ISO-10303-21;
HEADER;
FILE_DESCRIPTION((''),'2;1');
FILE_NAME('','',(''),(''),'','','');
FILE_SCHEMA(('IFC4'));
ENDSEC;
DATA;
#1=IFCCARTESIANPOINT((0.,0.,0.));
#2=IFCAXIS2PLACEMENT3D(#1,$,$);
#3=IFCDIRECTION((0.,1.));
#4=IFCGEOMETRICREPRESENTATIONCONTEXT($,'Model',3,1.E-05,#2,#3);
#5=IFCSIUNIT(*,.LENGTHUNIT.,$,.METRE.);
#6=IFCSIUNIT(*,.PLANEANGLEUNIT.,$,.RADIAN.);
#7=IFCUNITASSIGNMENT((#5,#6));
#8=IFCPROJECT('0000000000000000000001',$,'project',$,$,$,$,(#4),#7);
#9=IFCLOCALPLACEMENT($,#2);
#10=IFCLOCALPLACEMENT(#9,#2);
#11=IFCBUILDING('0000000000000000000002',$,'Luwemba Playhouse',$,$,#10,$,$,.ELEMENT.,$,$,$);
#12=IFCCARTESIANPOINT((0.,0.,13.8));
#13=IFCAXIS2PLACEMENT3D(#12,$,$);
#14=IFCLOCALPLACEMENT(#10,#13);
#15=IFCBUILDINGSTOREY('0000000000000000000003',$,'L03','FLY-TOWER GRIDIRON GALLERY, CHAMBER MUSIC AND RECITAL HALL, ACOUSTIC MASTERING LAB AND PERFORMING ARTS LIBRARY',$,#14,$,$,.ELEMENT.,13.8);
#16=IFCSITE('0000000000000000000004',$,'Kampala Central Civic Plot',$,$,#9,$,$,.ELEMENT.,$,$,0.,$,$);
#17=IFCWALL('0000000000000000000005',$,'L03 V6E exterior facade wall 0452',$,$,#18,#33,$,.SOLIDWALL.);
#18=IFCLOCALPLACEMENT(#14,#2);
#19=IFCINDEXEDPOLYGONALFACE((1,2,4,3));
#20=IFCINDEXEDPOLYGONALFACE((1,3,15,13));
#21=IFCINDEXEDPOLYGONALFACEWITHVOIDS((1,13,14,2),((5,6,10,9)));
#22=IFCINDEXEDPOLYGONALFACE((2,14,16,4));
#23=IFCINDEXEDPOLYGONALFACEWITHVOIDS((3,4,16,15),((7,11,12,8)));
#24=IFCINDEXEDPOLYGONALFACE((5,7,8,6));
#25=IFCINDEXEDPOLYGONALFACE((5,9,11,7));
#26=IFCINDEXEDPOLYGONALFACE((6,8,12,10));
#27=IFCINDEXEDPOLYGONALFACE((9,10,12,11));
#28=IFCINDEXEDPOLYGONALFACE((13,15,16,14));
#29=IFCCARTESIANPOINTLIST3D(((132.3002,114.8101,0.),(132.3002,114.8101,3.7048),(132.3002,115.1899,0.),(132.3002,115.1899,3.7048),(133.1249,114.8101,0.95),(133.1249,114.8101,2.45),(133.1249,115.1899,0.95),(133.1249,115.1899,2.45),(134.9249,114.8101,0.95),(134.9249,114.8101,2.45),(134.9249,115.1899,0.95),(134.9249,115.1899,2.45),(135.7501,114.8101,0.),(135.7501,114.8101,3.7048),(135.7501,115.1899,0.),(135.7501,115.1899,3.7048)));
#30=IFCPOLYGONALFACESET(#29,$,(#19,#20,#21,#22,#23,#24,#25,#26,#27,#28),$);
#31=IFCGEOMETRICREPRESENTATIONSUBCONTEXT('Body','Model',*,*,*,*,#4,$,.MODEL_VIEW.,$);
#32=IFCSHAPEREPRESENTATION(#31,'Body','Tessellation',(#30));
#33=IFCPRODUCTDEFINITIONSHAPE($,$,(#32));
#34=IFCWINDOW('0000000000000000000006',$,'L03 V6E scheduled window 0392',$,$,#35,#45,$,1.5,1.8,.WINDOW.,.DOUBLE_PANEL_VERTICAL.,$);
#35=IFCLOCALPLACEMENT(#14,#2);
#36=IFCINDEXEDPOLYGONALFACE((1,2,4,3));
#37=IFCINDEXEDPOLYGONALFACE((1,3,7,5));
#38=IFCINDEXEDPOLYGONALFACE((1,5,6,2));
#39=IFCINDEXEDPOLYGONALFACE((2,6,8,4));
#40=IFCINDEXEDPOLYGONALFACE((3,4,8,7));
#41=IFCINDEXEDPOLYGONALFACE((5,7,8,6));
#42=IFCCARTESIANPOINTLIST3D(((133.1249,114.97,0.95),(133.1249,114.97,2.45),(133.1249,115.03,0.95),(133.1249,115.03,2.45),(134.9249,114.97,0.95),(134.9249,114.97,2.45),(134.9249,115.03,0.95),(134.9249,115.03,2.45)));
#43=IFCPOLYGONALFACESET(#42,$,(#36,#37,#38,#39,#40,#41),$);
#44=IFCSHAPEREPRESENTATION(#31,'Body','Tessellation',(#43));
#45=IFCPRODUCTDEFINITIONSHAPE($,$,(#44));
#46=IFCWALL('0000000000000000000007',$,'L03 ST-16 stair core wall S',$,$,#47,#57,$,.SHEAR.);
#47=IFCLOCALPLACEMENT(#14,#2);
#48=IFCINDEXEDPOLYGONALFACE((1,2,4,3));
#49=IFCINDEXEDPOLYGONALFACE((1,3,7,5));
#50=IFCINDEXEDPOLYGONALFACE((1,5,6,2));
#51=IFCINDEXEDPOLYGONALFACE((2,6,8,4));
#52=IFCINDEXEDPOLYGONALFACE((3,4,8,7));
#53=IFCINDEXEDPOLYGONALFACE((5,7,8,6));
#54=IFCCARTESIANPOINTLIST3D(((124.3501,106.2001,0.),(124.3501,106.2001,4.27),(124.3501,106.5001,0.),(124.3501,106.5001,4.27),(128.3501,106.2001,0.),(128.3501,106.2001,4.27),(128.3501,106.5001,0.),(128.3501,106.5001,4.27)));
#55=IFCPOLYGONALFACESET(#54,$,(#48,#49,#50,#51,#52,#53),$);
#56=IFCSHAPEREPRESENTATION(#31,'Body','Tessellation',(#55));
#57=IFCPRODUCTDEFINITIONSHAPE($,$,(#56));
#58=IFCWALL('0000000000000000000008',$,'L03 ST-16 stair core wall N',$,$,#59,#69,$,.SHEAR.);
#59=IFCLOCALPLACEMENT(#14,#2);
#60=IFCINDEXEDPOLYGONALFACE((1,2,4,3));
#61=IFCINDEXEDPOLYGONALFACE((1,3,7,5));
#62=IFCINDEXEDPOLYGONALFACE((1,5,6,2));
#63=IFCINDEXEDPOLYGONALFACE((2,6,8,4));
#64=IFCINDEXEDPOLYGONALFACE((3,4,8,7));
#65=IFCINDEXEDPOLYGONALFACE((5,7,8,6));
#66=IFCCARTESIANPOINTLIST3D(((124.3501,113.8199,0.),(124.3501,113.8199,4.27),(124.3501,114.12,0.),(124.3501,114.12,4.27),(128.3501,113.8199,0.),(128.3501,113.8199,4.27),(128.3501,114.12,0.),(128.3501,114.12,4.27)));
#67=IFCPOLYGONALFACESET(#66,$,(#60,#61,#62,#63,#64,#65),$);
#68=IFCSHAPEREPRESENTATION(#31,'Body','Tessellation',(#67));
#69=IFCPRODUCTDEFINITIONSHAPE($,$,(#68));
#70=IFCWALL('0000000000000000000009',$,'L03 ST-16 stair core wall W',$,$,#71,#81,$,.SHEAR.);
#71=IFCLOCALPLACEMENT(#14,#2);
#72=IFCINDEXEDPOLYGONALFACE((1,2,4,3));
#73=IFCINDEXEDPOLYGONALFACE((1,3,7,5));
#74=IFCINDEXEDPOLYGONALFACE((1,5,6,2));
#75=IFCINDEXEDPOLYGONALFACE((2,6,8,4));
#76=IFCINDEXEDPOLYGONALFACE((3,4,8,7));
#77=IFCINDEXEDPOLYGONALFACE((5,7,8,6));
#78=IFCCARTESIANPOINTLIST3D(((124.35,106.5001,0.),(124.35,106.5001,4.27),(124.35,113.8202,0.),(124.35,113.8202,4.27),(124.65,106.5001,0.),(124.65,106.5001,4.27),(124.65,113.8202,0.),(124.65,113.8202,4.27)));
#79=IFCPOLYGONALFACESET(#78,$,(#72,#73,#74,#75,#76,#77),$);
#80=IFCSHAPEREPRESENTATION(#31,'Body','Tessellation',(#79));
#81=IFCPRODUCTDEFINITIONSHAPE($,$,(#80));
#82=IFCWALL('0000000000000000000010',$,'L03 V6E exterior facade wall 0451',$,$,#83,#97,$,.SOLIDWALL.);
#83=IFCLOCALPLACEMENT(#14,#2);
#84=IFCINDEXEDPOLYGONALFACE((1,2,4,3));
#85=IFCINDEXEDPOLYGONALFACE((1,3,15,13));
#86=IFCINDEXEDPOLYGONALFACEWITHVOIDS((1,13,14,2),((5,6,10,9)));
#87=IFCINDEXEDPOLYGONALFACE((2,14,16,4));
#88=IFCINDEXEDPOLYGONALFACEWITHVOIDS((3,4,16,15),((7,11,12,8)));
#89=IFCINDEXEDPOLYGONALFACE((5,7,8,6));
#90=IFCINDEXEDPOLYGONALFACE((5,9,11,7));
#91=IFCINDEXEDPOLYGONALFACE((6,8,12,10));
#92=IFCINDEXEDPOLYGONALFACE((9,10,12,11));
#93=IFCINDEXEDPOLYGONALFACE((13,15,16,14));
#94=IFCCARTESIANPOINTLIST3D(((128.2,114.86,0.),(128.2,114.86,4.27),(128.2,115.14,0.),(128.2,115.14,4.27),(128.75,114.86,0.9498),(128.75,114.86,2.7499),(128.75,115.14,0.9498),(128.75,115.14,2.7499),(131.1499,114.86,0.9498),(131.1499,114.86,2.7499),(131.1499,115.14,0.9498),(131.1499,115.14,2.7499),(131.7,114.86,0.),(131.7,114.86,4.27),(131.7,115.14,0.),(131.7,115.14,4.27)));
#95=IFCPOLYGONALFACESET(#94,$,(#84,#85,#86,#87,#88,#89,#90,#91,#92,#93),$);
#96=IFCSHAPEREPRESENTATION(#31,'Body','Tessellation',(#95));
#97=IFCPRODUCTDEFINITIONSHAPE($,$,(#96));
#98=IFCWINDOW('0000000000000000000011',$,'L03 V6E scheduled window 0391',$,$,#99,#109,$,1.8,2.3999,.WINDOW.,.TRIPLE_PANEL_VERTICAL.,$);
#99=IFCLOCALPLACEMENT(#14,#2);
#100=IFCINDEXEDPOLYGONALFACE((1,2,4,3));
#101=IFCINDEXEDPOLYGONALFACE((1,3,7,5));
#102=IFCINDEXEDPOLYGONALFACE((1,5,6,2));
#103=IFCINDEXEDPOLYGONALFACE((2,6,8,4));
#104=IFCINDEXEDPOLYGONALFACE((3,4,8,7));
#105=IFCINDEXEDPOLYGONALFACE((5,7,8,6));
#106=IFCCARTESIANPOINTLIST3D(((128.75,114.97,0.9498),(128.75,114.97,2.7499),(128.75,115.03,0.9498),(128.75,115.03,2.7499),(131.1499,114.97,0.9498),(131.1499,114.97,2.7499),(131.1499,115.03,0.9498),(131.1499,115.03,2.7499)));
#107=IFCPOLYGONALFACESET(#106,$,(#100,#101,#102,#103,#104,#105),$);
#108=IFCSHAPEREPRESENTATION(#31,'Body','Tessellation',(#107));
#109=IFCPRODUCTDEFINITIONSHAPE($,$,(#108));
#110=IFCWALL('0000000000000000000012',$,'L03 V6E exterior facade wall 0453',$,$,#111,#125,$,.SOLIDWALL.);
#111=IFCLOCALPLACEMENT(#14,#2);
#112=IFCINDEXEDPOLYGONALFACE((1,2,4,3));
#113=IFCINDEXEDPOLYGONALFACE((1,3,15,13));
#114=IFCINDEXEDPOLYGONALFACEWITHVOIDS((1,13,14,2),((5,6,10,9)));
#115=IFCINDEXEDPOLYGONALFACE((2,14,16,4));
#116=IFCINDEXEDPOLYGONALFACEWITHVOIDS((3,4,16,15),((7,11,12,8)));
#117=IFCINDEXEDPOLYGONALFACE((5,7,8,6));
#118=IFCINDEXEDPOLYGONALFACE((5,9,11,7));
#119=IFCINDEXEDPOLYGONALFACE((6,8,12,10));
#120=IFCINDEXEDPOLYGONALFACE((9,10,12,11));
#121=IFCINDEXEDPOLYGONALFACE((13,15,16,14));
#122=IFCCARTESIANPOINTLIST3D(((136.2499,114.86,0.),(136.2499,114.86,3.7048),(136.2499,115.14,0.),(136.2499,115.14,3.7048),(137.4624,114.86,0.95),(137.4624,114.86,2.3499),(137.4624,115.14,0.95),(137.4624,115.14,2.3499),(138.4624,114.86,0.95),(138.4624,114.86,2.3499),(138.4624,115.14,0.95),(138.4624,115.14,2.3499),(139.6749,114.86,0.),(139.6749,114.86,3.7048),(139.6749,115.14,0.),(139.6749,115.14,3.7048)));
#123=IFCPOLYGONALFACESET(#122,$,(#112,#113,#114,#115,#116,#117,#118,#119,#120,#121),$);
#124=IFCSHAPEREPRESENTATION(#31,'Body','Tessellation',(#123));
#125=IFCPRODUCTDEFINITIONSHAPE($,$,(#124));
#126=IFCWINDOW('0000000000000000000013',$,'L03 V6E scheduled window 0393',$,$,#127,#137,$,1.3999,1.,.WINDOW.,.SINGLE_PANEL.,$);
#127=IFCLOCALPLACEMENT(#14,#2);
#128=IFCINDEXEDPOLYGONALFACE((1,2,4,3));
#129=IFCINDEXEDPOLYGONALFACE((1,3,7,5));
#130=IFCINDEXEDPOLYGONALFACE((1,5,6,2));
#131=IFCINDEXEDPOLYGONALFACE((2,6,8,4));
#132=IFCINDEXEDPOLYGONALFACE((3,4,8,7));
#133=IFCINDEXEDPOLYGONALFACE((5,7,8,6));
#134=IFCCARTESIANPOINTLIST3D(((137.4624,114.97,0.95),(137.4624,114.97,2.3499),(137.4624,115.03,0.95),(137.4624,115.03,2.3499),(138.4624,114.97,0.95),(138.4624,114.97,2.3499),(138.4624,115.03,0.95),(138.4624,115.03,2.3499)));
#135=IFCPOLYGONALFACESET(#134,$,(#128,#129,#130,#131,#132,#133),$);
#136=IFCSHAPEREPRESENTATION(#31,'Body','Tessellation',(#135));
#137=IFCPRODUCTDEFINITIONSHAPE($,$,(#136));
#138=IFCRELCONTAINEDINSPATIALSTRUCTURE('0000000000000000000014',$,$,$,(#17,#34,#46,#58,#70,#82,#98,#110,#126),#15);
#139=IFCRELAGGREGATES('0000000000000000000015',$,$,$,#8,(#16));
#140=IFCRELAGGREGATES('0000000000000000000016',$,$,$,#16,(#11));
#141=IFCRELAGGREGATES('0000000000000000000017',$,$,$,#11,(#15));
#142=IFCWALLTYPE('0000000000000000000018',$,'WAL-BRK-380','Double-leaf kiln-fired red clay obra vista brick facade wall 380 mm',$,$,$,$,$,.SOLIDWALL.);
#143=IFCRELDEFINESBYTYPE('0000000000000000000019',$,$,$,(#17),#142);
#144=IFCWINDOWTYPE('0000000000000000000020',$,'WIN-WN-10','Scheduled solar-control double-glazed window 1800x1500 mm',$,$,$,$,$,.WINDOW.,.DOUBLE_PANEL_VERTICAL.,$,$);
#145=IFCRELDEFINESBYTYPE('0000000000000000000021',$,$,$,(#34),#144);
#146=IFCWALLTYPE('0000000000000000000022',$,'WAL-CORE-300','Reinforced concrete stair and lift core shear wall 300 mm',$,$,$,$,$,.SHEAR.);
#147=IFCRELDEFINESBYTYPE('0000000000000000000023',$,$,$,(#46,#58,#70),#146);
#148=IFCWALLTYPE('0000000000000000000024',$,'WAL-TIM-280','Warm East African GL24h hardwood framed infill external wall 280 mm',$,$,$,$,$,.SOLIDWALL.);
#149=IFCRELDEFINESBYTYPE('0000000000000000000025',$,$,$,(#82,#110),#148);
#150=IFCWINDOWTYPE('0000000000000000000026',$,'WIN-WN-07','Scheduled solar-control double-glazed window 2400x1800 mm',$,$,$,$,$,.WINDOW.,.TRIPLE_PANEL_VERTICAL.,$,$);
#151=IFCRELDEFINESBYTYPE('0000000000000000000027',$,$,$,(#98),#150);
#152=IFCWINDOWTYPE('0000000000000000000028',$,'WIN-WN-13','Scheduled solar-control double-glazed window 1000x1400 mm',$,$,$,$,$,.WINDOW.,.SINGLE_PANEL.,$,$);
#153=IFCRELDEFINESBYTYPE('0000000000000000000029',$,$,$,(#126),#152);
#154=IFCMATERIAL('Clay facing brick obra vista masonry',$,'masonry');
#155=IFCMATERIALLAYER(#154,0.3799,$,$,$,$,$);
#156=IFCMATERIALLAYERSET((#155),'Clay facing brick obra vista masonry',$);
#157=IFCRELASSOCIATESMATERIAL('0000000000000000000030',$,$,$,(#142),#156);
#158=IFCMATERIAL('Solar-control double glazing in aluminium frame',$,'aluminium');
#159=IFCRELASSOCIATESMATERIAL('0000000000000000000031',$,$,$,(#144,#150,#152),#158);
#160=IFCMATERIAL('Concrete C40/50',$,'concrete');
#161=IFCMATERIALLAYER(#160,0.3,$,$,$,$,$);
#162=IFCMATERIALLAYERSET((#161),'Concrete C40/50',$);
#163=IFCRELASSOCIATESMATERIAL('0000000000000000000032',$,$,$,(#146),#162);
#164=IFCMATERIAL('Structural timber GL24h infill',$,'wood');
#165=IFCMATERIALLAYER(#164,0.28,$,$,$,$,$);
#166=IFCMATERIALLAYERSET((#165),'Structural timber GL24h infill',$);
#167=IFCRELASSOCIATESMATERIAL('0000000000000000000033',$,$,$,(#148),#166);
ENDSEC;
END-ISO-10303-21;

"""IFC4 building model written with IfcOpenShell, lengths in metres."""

from ifc_helpers import new_model, si_unit, direction, frame, frame_2d, origin, place, context, subcontext, project, spatial, rectangle, extrude, material, layer, layer_set, type_object, element, fill, save


model = new_model("IFC4")

# Units and contexts
model_context = context("Model", 3, precision=1e-05, world=origin(), true_north=direction((0.0, 1.0)))
body_context = subcontext(model_context, "Body", "Model", "MODEL_VIEW")
ifc_project = project(units=[si_unit("LENGTHUNIT", "METRE"), si_unit("PLANEANGLEUNIT", "RADIAN")], contexts=[model_context])

# Site, building, storey
site_placement = place(None, origin())
site = spatial("IfcSite", under=ifc_project, at=site_placement, Name="Kampala Central Civic Plot", CompositionType="ELEMENT", RefElevation=0.0)
building_placement = place(site_placement, origin())
building = spatial("IfcBuilding", under=site, at=building_placement, Name="Luwemba Playhouse", CompositionType="ELEMENT")
storey_placement = place(building_placement, frame((0.0, 0.0, 13.8)))
storey = spatial("IfcBuildingStorey", under=building, at=storey_placement, Name="L03", Description="FLY-TOWER GRIDIRON GALLERY, CHAMBER MUSIC AND RECITAL HALL, ACOUSTIC MASTERING LAB AND PERFORMING ARTS LIBRARY", CompositionType="ELEMENT", Elevation=13.8)

# Shared definitions
ifc_material_1 = material(Name="Concrete C40/50", Category="concrete")

# Wall, opening, window
ifc_material_2 = material(Name="Clay facing brick obra vista masonry", Category="masonry")
ifc_layer_1 = layer(ifc_material_2, 0.3799)
ifc_layer_set_1 = layer_set([ifc_layer_1], Name="Clay facing brick obra vista masonry")
wall_type_1 = type_object("IfcWallType", Name="WAL-BRK-380", Description="Double-leaf kiln-fired red clay obra vista brick facade wall 380 mm", PredefinedType="SOLIDWALL", material=ifc_layer_set_1)
ifc_material_3 = material(Name="Solar-control double glazing in aluminium frame", Category="aluminium")
wall_1_placement = place(storey_placement, frame((132.3, 115.0, 0.0), z_axis=(0.0, 0.0, 1.0), x_axis=(1.0, 0.0, 0.0)))
wall_1 = element("IfcWall", 1, at=wall_1_placement, inside=storey, type_object=wall_type_1, Name="L03 V6E exterior facade wall 0452", PredefinedType="SOLIDWALL", context=body_context, shape_type="SweptSolid", body=[
    extrude(rectangle(XDim=3.45, YDim=0.3799, at=frame_2d((1.7251, 0.0))), origin(), (0.0, 0.0, 1.0), 3.7048),
])
opening_1_placement = place(wall_1_placement, frame((0.825, 0.0, 0.95)))
opening_1 = element("IfcOpeningElement", 2, at=opening_1_placement, cuts=wall_1, PredefinedType="OPENING", context=body_context, shape_type="SweptSolid", body=[
    extrude(rectangle(XDim=1.8, YDim=1.5, at=frame_2d((0.8999, 0.75))), frame((0.0, 0.2, 0.0), z_axis=(0.0, -1.0, 0.0), x_axis=(1.0, 0.0, 0.0)), (0.0, 0.0, 1.0), 0.3999),
])
window_type_1 = type_object("IfcWindowType", Name="WIN-WN-10", Description="Scheduled solar-control double-glazed window 1800x1500 mm", PartitioningType="DOUBLE_PANEL_VERTICAL", PredefinedType="WINDOW", material=ifc_material_3)
window_1_placement = place(opening_1_placement, origin())
window_1 = element("IfcWindow", 3, at=window_1_placement, inside=storey, type_object=window_type_1, Name="L03 V6E scheduled window 0392", OverallHeight=1.5, OverallWidth=1.8, PartitioningType="DOUBLE_PANEL_VERTICAL", PredefinedType="WINDOW", context=body_context, shape_type="SweptSolid", body=[
    extrude(rectangle(XDim=1.8, YDim=1.5, at=frame_2d((0.8999, 0.75))), frame((0.0, 0.03, 0.0), z_axis=(0.0, -1.0, 0.0), x_axis=(1.0, 0.0, 0.0)), (0.0, 0.0, 1.0), 0.0601),
])
fill(opening_1, window_1)

# Walls
ifc_layer_2 = layer(ifc_material_1, 0.3)
ifc_layer_set_2 = layer_set([ifc_layer_2], Name="Concrete C40/50")
wall_type_2 = type_object("IfcWallType", Name="WAL-CORE-300", Description="Reinforced concrete stair and lift core shear wall 300 mm", PredefinedType="SHEAR", material=ifc_layer_set_2)
for number, where, z_axis, x_axis, name in (
    (4, (124.3501, 106.3501, 0.0), (0.0, 0.0, 1.0), (1.0, 0.0, 0.0), "L03 ST-16 stair core wall S"),
    (5, (128.3501, 113.97, 0.0), (0.0, 0.0, 1.0), (-1.0, 0.0, 0.0), "L03 ST-16 stair core wall N"),
):
    element("IfcWall", number, at=place(storey_placement, frame(where, z_axis=z_axis, x_axis=x_axis)), inside=storey, type_object=wall_type_2, Name=name, PredefinedType="SHEAR", context=body_context, shape_type="SweptSolid", body=[
        extrude(rectangle(XDim=4.0, YDim=0.3, at=frame_2d((2.0, 0.0))), origin(), (0.0, 0.0, 1.0), 4.27),
    ])
wall_2_placement = place(storey_placement, frame((124.5, 106.5, 0.0), z_axis=(0.0, 0.0, 1.0), x_axis=(0.0, 1.0, 0.0)))
element("IfcWall", 6, at=wall_2_placement, inside=storey, type_object=wall_type_2, Name="L03 ST-16 stair core wall W", PredefinedType="SHEAR", context=body_context, shape_type="SweptSolid", body=[
    extrude(rectangle(XDim=7.3201, YDim=0.3, at=frame_2d((3.6602, 0.0))), origin(), (0.0, 0.0, 1.0), 4.27),
])

# Walls, openings, windows
ifc_material_4 = material(Name="Structural timber GL24h infill", Category="wood")
ifc_layer_3 = layer(ifc_material_4, 0.28)
ifc_layer_set_3 = layer_set([ifc_layer_3], Name="Structural timber GL24h infill")
wall_type_3 = type_object("IfcWallType", Name="WAL-TIM-280", Description="Warm East African GL24h hardwood framed infill external wall 280 mm", PredefinedType="SOLIDWALL", material=ifc_layer_set_3)
wall_3_placement = place(storey_placement, frame((128.2, 115.0, 0.0), z_axis=(0.0, 0.0, 1.0), x_axis=(1.0, 0.0, 0.0)))
wall_3 = element("IfcWall", 7, at=wall_3_placement, inside=storey, type_object=wall_type_3, Name="L03 V6E exterior facade wall 0451", PredefinedType="SOLIDWALL", context=body_context, shape_type="SweptSolid", body=[
    extrude(rectangle(XDim=3.5, YDim=0.28, at=frame_2d((1.75, 0.0))), origin(), (0.0, 0.0, 1.0), 4.27),
])
opening_2_placement = place(wall_3_placement, frame((0.55, 0.0, 0.95)))
opening_2 = element("IfcOpeningElement", 8, at=opening_2_placement, cuts=wall_3, PredefinedType="OPENING", context=body_context, shape_type="SweptSolid", body=[
    extrude(rectangle(XDim=2.3999, YDim=1.8, at=frame_2d((1.2, 0.8999))), frame((0.0, 0.1499, 0.0), z_axis=(0.0, -1.0, 0.0), x_axis=(1.0, 0.0, 0.0)), (0.0, 0.0, 1.0), 0.3),
])
window_type_2 = type_object("IfcWindowType", Name="WIN-WN-07", Description="Scheduled solar-control double-glazed window 2400x1800 mm", PartitioningType="TRIPLE_PANEL_VERTICAL", PredefinedType="WINDOW", material=ifc_material_3)
window_2_placement = place(opening_2_placement, origin())
window_2 = element("IfcWindow", 9, at=window_2_placement, inside=storey, type_object=window_type_2, Name="L03 V6E scheduled window 0391", OverallHeight=1.8, OverallWidth=2.3999, PartitioningType="TRIPLE_PANEL_VERTICAL", PredefinedType="WINDOW", context=body_context, shape_type="SweptSolid", body=[
    extrude(rectangle(XDim=2.3999, YDim=1.8, at=frame_2d((1.2, 0.8999))), frame((0.0, 0.03, 0.0), z_axis=(0.0, -1.0, 0.0), x_axis=(1.0, 0.0, 0.0)), (0.0, 0.0, 1.0), 0.0601),
])
fill(opening_2, window_2)
wall_4_placement = place(storey_placement, frame((136.25, 115.0, 0.0), z_axis=(0.0, 0.0, 1.0), x_axis=(1.0, 0.0, 0.0)))
wall_4 = element("IfcWall", 10, at=wall_4_placement, inside=storey, type_object=wall_type_3, Name="L03 V6E exterior facade wall 0453", PredefinedType="SOLIDWALL", context=body_context, shape_type="SweptSolid", body=[
    extrude(rectangle(XDim=3.425, YDim=0.28, at=frame_2d((1.7124, 0.0))), origin(), (0.0, 0.0, 1.0), 3.7048),
])
opening_3_placement = place(wall_4_placement, frame((1.2124, 0.0, 0.95)))
opening_3 = element("IfcOpeningElement", 11, at=opening_3_placement, cuts=wall_4, PredefinedType="OPENING", context=body_context, shape_type="SweptSolid", body=[
    extrude(rectangle(XDim=1.0, YDim=1.3999, at=frame_2d((0.5, 0.7))), frame((0.0, 0.1499, 0.0), z_axis=(0.0, -1.0, 0.0), x_axis=(1.0, 0.0, 0.0)), (0.0, 0.0, 1.0), 0.3),
])
window_type_3 = type_object("IfcWindowType", Name="WIN-WN-13", Description="Scheduled solar-control double-glazed window 1000x1400 mm", PartitioningType="SINGLE_PANEL", PredefinedType="WINDOW", material=ifc_material_3)
window_3_placement = place(opening_3_placement, origin())
window_3 = element("IfcWindow", 12, at=window_3_placement, inside=storey, type_object=window_type_3, Name="L03 V6E scheduled window 0393", OverallHeight=1.3999, OverallWidth=1.0, PartitioningType="SINGLE_PANEL", PredefinedType="WINDOW", context=body_context, shape_type="SweptSolid", body=[
    extrude(rectangle(XDim=1.0, YDim=1.3999, at=frame_2d((0.5, 0.7))), frame((0.0, 0.03, 0.0), z_axis=(0.0, -1.0, 0.0), x_axis=(1.0, 0.0, 0.0)), (0.0, 0.0, 1.0), 0.0601),
])
fill(opening_3, window_3)

save(model, "model.ifc")
